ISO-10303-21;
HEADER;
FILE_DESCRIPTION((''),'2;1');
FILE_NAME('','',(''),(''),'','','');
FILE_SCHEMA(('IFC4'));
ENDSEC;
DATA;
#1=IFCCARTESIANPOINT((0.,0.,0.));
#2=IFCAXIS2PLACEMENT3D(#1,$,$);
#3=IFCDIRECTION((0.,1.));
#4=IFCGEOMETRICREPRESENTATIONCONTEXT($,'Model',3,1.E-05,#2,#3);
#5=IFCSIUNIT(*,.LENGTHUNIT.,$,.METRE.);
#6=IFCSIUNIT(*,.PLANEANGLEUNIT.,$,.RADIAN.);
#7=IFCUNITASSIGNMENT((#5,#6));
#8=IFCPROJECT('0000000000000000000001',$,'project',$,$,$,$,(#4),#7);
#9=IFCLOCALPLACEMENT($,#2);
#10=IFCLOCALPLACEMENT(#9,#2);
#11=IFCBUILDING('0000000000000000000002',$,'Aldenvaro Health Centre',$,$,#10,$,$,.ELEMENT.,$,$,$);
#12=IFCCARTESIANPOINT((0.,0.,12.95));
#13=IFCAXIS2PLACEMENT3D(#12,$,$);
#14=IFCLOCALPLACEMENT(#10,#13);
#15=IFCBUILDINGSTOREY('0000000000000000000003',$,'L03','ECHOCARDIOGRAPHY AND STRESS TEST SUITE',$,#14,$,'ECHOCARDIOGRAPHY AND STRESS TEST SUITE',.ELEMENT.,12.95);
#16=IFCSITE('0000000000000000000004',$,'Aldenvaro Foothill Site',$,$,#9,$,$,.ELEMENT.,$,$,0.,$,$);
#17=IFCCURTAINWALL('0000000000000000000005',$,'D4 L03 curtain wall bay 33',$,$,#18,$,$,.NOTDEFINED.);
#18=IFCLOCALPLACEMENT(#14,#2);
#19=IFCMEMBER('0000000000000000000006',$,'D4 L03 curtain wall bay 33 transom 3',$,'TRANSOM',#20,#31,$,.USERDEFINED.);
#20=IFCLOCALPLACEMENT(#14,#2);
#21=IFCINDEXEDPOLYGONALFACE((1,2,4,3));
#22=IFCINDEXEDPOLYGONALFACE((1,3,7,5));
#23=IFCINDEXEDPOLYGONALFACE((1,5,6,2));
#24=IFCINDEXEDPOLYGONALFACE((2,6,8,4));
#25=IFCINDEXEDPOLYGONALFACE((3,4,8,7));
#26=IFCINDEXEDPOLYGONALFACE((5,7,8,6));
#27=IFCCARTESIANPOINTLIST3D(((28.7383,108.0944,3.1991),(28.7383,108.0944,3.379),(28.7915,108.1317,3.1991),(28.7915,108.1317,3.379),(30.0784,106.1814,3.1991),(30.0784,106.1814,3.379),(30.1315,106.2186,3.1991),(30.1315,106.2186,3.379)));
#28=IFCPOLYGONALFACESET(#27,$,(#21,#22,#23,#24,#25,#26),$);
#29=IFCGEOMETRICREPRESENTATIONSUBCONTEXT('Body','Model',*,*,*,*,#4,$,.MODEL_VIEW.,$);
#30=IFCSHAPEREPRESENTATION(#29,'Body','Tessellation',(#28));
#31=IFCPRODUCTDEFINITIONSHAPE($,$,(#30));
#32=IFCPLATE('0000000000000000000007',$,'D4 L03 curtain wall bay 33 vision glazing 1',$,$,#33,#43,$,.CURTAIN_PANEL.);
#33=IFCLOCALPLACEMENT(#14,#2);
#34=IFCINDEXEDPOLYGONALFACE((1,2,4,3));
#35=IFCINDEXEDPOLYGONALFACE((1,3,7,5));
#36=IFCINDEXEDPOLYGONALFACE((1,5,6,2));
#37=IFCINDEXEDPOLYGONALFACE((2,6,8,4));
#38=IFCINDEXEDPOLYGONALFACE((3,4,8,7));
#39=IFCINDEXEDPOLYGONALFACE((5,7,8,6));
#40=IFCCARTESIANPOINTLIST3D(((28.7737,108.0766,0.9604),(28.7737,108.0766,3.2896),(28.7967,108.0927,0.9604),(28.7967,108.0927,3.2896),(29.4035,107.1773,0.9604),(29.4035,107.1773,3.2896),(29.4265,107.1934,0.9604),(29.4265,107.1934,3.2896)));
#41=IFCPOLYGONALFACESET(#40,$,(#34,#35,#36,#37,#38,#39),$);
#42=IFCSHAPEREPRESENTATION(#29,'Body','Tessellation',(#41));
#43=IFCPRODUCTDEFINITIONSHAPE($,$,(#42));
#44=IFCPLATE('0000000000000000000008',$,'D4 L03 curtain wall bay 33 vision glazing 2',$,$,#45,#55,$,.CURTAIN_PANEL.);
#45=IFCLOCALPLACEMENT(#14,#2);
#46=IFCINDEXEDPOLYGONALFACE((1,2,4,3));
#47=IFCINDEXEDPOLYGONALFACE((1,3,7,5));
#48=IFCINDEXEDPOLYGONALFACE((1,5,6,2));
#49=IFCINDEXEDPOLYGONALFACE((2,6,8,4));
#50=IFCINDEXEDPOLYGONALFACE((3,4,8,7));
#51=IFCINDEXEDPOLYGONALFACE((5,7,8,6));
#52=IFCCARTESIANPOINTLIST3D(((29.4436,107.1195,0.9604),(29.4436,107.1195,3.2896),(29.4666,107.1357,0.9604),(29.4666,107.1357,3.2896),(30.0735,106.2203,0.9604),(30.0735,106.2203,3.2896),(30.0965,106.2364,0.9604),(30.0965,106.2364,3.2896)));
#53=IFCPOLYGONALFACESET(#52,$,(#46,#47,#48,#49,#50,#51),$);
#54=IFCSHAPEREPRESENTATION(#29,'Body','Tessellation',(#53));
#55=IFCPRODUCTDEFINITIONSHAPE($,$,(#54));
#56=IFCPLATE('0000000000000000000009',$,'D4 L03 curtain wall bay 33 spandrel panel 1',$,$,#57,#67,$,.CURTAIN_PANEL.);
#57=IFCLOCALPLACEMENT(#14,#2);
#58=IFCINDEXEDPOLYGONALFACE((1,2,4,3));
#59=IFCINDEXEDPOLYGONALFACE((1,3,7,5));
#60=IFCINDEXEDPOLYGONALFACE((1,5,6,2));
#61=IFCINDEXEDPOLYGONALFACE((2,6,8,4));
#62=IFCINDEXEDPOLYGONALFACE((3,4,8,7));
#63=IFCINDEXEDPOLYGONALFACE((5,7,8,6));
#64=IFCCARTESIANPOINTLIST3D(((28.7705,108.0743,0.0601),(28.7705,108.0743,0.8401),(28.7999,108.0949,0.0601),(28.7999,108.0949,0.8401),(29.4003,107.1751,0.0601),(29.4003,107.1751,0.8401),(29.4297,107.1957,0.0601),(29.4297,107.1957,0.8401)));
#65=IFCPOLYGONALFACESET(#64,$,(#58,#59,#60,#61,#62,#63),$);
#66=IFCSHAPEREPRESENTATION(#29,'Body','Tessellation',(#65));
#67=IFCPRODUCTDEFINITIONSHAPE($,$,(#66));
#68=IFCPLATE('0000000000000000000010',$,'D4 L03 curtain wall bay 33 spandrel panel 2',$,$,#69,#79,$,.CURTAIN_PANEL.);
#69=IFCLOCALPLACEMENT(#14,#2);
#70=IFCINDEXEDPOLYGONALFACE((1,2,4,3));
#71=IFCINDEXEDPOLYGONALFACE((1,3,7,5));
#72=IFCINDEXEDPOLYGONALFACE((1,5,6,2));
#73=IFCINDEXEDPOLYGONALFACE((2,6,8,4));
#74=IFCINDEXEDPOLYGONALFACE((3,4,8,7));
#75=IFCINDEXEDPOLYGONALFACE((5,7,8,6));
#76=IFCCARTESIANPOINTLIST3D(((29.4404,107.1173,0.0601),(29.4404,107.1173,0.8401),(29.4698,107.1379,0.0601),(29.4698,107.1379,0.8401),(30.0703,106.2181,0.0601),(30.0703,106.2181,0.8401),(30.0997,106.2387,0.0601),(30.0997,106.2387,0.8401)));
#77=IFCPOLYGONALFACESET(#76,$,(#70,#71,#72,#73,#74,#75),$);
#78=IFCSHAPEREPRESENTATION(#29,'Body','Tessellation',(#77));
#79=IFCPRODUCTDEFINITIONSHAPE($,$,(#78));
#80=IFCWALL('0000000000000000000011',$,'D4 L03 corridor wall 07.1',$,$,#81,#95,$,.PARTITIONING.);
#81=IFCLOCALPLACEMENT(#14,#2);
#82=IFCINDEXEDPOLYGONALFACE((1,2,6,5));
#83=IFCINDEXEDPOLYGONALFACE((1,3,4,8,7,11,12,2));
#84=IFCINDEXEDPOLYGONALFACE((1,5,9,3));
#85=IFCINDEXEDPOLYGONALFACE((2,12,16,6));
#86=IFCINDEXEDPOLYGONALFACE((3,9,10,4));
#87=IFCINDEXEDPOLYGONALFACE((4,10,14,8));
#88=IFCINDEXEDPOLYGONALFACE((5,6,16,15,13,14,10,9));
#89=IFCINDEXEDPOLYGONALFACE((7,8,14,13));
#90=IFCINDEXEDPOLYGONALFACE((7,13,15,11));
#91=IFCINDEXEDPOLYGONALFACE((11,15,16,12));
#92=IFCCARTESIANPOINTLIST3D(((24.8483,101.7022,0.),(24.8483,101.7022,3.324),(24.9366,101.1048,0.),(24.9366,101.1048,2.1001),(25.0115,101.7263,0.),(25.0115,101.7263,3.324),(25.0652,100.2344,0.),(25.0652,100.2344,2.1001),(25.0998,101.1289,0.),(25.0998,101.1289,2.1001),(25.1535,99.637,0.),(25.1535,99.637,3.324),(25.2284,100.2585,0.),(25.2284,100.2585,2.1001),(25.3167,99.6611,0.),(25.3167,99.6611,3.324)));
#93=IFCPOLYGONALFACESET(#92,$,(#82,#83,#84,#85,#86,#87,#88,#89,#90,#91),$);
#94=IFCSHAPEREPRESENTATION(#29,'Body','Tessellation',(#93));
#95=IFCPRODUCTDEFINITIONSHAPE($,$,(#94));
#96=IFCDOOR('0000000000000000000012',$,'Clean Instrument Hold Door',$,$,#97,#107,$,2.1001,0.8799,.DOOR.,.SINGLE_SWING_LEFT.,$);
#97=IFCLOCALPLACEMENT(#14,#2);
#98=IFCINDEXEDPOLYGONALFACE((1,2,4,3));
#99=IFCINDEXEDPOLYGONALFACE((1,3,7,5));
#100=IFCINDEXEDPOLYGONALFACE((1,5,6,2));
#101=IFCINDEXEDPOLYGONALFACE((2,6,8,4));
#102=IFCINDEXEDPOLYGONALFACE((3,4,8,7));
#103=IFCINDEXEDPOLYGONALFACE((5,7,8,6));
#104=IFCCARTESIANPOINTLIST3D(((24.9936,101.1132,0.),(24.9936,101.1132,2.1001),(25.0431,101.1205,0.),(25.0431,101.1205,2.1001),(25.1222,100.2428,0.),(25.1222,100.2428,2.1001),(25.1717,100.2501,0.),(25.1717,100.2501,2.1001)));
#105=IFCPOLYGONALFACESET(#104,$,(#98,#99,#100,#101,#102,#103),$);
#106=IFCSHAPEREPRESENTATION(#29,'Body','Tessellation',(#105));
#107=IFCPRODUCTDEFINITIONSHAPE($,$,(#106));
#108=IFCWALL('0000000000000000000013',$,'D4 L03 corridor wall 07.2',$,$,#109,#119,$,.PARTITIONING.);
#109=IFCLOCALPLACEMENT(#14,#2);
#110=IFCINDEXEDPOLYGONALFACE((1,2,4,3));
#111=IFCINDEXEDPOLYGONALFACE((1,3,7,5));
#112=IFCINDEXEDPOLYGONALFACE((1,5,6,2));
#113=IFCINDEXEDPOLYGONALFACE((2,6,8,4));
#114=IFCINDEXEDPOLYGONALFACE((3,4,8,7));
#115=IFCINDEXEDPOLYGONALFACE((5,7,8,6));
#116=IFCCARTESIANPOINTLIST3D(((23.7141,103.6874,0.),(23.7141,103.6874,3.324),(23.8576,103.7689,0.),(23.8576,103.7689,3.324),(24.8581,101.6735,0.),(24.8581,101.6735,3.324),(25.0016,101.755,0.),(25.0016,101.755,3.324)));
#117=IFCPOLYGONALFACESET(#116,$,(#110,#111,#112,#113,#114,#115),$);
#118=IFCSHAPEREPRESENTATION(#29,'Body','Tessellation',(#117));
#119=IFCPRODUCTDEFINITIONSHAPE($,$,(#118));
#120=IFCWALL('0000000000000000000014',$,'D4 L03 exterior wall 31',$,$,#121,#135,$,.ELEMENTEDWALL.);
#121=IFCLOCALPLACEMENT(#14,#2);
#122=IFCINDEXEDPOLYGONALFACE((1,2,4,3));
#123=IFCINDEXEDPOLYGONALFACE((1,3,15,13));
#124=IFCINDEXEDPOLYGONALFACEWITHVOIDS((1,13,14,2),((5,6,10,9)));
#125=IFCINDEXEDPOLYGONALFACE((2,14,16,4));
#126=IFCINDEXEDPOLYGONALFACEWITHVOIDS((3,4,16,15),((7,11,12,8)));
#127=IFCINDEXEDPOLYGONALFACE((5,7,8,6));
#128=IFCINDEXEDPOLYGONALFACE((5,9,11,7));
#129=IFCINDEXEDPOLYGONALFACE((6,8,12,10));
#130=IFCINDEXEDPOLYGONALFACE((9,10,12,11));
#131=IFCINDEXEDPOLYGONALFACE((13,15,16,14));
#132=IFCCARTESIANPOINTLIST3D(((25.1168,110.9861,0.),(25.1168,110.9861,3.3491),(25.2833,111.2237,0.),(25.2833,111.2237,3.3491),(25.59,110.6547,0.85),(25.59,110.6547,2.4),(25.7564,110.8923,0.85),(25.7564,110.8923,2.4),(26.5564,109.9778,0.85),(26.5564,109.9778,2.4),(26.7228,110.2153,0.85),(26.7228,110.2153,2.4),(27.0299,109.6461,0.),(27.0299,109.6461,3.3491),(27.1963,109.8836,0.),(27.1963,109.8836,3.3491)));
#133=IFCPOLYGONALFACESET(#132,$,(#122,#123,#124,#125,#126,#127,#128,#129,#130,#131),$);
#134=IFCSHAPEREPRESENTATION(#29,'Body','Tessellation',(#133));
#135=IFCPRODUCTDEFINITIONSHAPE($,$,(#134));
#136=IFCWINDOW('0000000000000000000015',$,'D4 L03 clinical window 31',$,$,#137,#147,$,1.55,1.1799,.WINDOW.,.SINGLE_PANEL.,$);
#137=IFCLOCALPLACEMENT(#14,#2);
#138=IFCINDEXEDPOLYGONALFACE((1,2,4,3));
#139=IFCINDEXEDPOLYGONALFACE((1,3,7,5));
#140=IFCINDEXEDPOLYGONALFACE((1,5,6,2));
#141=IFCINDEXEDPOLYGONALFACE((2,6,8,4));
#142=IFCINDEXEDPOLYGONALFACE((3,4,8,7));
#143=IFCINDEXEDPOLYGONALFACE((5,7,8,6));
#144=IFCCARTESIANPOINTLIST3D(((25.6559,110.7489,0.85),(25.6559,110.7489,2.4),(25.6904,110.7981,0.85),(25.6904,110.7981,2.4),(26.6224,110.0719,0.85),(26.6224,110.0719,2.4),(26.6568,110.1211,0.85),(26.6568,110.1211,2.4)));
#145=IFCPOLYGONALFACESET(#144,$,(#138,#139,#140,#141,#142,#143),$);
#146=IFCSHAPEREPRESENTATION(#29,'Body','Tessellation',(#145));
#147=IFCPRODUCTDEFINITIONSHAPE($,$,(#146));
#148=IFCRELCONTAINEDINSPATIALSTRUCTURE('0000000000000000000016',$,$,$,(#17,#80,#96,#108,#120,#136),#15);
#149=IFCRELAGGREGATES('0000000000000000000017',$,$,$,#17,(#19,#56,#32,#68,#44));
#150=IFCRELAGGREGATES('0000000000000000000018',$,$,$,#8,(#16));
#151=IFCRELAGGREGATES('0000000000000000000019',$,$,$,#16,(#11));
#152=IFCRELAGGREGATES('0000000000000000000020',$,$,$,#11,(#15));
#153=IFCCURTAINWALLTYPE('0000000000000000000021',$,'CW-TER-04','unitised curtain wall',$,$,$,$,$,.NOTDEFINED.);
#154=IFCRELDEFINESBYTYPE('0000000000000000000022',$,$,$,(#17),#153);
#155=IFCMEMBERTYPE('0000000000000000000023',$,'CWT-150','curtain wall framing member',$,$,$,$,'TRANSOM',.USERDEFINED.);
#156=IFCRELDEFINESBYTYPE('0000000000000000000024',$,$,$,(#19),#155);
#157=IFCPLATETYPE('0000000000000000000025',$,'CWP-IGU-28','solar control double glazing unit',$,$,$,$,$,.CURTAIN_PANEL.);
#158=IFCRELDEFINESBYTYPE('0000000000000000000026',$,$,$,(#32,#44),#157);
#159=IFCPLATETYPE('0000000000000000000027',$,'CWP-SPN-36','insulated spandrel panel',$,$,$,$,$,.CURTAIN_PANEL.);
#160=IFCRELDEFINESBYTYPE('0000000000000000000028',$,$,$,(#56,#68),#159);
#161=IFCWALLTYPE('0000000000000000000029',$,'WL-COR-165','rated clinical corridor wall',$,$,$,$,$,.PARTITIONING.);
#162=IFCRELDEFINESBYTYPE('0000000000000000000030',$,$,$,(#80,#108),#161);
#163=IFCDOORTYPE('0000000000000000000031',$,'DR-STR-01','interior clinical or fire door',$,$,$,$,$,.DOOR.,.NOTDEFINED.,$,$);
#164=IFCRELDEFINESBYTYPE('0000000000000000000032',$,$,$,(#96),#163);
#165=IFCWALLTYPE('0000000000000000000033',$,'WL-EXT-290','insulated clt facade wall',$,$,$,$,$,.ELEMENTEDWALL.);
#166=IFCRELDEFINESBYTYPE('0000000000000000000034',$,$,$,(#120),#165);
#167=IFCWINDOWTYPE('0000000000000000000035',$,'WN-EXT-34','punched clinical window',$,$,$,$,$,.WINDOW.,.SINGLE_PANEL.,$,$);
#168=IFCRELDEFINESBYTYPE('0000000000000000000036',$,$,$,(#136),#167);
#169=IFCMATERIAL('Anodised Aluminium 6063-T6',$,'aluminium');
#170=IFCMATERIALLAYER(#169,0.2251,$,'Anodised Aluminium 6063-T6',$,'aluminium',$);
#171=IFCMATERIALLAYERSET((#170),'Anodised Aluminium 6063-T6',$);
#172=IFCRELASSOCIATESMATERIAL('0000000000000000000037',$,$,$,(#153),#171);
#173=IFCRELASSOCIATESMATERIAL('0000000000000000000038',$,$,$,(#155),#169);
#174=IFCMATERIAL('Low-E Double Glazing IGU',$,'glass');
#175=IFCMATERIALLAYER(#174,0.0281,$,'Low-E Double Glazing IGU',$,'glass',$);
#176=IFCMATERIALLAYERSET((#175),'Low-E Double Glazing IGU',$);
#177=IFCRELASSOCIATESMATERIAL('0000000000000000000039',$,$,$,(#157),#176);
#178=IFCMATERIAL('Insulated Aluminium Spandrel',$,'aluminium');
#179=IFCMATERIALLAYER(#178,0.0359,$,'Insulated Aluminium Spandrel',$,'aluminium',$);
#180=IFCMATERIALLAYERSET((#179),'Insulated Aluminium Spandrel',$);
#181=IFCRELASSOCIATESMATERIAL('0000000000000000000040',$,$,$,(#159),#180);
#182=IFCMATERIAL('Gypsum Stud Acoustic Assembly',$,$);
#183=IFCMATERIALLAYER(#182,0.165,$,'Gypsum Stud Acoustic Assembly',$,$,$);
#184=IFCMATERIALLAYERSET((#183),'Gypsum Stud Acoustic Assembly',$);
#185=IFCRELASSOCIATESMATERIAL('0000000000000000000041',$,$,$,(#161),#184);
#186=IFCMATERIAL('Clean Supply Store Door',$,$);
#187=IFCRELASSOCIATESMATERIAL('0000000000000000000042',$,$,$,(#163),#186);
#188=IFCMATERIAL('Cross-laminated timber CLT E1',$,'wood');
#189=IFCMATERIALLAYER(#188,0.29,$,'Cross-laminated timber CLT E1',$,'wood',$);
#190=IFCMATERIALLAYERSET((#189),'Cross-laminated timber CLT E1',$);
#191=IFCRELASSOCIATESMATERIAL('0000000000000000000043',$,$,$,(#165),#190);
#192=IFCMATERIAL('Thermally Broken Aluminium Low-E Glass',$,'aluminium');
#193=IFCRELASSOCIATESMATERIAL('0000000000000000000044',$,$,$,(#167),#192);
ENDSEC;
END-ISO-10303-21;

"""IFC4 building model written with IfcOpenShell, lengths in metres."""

from ifc_helpers import new_model, si_unit, direction, frame, frame_2d, origin, origin_2d, place, context, subcontext, project, spatial, rectangle, extrude, material, layer, layer_set, material_profile, profile_set, type_object, element, fill, aggregate, save


model = new_model("IFC4")

# Units and contexts
model_context = context("Model", 3, precision=1e-05, world=origin(), true_north=direction((0.0, 1.0)))
body_context = subcontext(model_context, "Body", "Model", "MODEL_VIEW")
ifc_project = project(units=[si_unit("LENGTHUNIT", "METRE"), si_unit("PLANEANGLEUNIT", "RADIAN")], contexts=[model_context])

# Site, building, storey
site_placement = place(None, origin())
site = spatial("IfcSite", under=ifc_project, at=site_placement, Name="Aldenvaro Foothill Site", CompositionType="ELEMENT", RefElevation=0.0)
building_placement = place(site_placement, origin())
building = spatial("IfcBuilding", under=site, at=building_placement, Name="Aldenvaro Health Centre", CompositionType="ELEMENT")
storey_placement = place(building_placement, frame((0.0, 0.0, 12.95)))
storey = spatial("IfcBuildingStorey", under=building, at=storey_placement, Name="L03", Description="ECHOCARDIOGRAPHY AND STRESS TEST SUITE", LongName="ECHOCARDIOGRAPHY AND STRESS TEST SUITE", CompositionType="ELEMENT", Elevation=12.95)

# Curtain wall, member, plates
ifc_material_1 = material(Name="Anodised Aluminium 6063-T6", Category="aluminium")
ifc_layer_1 = layer(ifc_material_1, 0.2251, Name="Anodised Aluminium 6063-T6", Category="aluminium")
ifc_layer_set_1 = layer_set([ifc_layer_1], Name="Anodised Aluminium 6063-T6")
curtain_wall_type = type_object("IfcCurtainWallType", Name="CW-TER-04", Description="unitised curtain wall", PredefinedType="NOTDEFINED", material=ifc_layer_set_1)
curtain_wall_placement = place(storey_placement, origin())
curtain_wall = element("IfcCurtainWall", 1, at=curtain_wall_placement, inside=storey, type_object=curtain_wall_type, Name="D4 L03 curtain wall bay 33", PredefinedType="NOTDEFINED")
ifc_material_profile_1 = material_profile(ifc_material_1, rectangle(XDim=0.0649, YDim=0.1799, at=origin_2d()), Name="ALU 65x180", Category="aluminium")
ifc_profile_set_1 = profile_set([ifc_material_profile_1], Name="Anodised Aluminium 6063-T6")
member_type_1 = type_object("IfcMemberType", Name="CWT-150", Description="curtain wall framing member", ElementType="TRANSOM", PredefinedType="USERDEFINED", material=ifc_profile_set_1)
member_1_placement = place(storey_placement, frame((28.7649, 108.113, 3.2891), z_axis=(0.573729, -0.819045, 0.0), x_axis=(0.819045, 0.573729, 0.0)))
member_1 = element("IfcMember", 2, at=member_1_placement, type_object=member_type_1, Name="D4 L03 curtain wall bay 33 transom 3", ObjectType="TRANSOM", PredefinedType="USERDEFINED", context=body_context, shape_type="SweptSolid", body=[
    extrude(rectangle(XDim=0.0649, YDim=0.1799, at=origin_2d()), origin(), (0.0, 0.0, 1.0), 2.3357),
])
ifc_material_2 = material(Name="Low-E Double Glazing IGU", Category="glass")
ifc_layer_2 = layer(ifc_material_2, 0.0281, Name="Low-E Double Glazing IGU", Category="glass")
ifc_layer_set_2 = layer_set([ifc_layer_2], Name="Low-E Double Glazing IGU")
plate_type_1 = type_object("IfcPlateType", Name="CWP-IGU-28", Description="solar control double glazing unit", PredefinedType="CURTAIN_PANEL", material=ifc_layer_set_2)
plate_1_placement = place(storey_placement, frame((29.1001, 107.635, 0.9604), z_axis=(0.0, 0.0, 1.0), x_axis=(0.573721, -0.819051, 0.0)))
plate_1 = element("IfcPlate", 3, at=plate_1_placement, type_object=plate_type_1, Name="D4 L03 curtain wall bay 33 vision glazing 1", PredefinedType="CURTAIN_PANEL", context=body_context, shape_type="SweptSolid", body=[
    extrude(rectangle(XDim=1.0979, YDim=0.0281, at=origin_2d()), origin(), (0.0, 0.0, 1.0), 2.3291),
])
plate_2_placement = place(storey_placement, frame((29.77, 106.678, 0.9604), z_axis=(0.0, 0.0, 1.0), x_axis=(0.573721, -0.819051, 0.0)))
plate_2 = element("IfcPlate", 4, at=plate_2_placement, type_object=plate_type_1, Name="D4 L03 curtain wall bay 33 vision glazing 2", PredefinedType="CURTAIN_PANEL", context=body_context, shape_type="SweptSolid", body=[
    extrude(rectangle(XDim=1.0979, YDim=0.0281, at=origin_2d()), origin(), (0.0, 0.0, 1.0), 2.3291),
])
ifc_material_3 = material(Name="Insulated Aluminium Spandrel", Category="aluminium")
ifc_layer_3 = layer(ifc_material_3, 0.0359, Name="Insulated Aluminium Spandrel", Category="aluminium")
ifc_layer_set_3 = layer_set([ifc_layer_3], Name="Insulated Aluminium Spandrel")
plate_type_2 = type_object("IfcPlateType", Name="CWP-SPN-36", Description="insulated spandrel panel", PredefinedType="CURTAIN_PANEL", material=ifc_layer_set_3)
plate_3_placement = place(storey_placement, frame((29.1001, 107.635, 0.0601), z_axis=(0.0, 0.0, 1.0), x_axis=(0.573721, -0.819051, 0.0)))
plate_3 = element("IfcPlate", 5, at=plate_3_placement, type_object=plate_type_2, Name="D4 L03 curtain wall bay 33 spandrel panel 1", PredefinedType="CURTAIN_PANEL", context=body_context, shape_type="SweptSolid", body=[
    extrude(rectangle(XDim=1.0979, YDim=0.0359, at=origin_2d()), origin(), (0.0, 0.0, 1.0), 0.78),
])
plate_4_placement = place(storey_placement, frame((29.77, 106.678, 0.0601), z_axis=(0.0, 0.0, 1.0), x_axis=(0.573721, -0.819051, 0.0)))
plate_4 = element("IfcPlate", 6, at=plate_4_placement, type_object=plate_type_2, Name="D4 L03 curtain wall bay 33 spandrel panel 2", PredefinedType="CURTAIN_PANEL", context=body_context, shape_type="SweptSolid", body=[
    extrude(rectangle(XDim=1.0979, YDim=0.0359, at=origin_2d()), origin(), (0.0, 0.0, 1.0), 0.78),
])
aggregate(curtain_wall, [member_1, plate_3, plate_1, plate_4, plate_2])

# Wall, opening, door
ifc_material_4 = material(Name="Gypsum Stud Acoustic Assembly")
ifc_layer_4 = layer(ifc_material_4, 0.165, Name="Gypsum Stud Acoustic Assembly")
ifc_layer_set_4 = layer_set([ifc_layer_4], Name="Gypsum Stud Acoustic Assembly")
wall_type_1 = type_object("IfcWallType", Name="WL-COR-165", Description="rated clinical corridor wall", PredefinedType="PARTITIONING", material=ifc_layer_set_4)
wall_1_placement = place(storey_placement, frame((25.2351, 99.6489, 0.0), z_axis=(0.0, 0.0, 1.0), x_axis=(-0.146184, 0.989257, 0.0)))
wall_1 = element("IfcWall", 7, at=wall_1_placement, inside=storey, type_object=wall_type_1, Name="D4 L03 corridor wall 07.1", PredefinedType="PARTITIONING", context=body_context, shape_type="SweptSolid", body=[
    extrude(rectangle(XDim=2.0876, YDim=0.165, at=frame_2d((1.0439, 0.0))), origin(), (0.0, 0.0, 1.0), 3.324),
])
opening_1_placement = place(wall_1_placement, frame((0.604, 0.0, 0.0)))
opening_1 = element("IfcOpeningElement", 8, at=opening_1_placement, cuts=wall_1, PredefinedType="OPENING", context=body_context, shape_type="SweptSolid", body=[
    extrude(rectangle(XDim=0.8799, YDim=2.1001, at=frame_2d((0.4399, 1.05))), frame((0.0, 0.0925, 0.0), z_axis=(0.0, -1.0, 0.0), x_axis=(1.0, 0.0, 0.0)), (0.0, 0.0, 1.0), 0.1851),
])
ifc_material_5 = material(Name="Clean Supply Store Door")
door_type = type_object("IfcDoorType", Name="DR-STR-01", Description="interior clinical or fire door", OperationType="NOTDEFINED", PredefinedType="DOOR", material=ifc_material_5)
door_placement = place(opening_1_placement, origin())
door = element("IfcDoor", 9, at=door_placement, inside=storey, type_object=door_type, Name="Clean Instrument Hold Door", OperationType="SINGLE_SWING_LEFT", OverallHeight=2.1001, OverallWidth=0.8799, PredefinedType="DOOR", context=body_context, shape_type="SweptSolid", body=[
    extrude(rectangle(XDim=0.8799, YDim=2.1001, at=frame_2d((0.4399, 1.05))), frame((0.0, 0.0249, 0.0), z_axis=(0.0, -1.0, 0.0), x_axis=(1.0, 0.0, 0.0)), (0.0, 0.0, 1.0), 0.05),
])
fill(opening_1, door)

# Wall
wall_2_placement = place(storey_placement, frame((24.9299, 101.7141, 0.0), z_axis=(0.0, 0.0, 1.0), x_axis=(-0.493935, 0.869499, 0.0)))
element("IfcWall", 10, at=wall_2_placement, inside=storey, type_object=wall_type_1, Name="D4 L03 corridor wall 07.2", PredefinedType="PARTITIONING", context=body_context, shape_type="SweptSolid", body=[
    extrude(rectangle(XDim=2.3162, YDim=0.165, at=frame_2d((1.1582, 0.0))), origin(), (0.0, 0.0, 1.0), 3.324),
])

# Wall, opening, window
ifc_material_6 = material(Name="Cross-laminated timber CLT E1", Category="wood")
ifc_layer_5 = layer(ifc_material_6, 0.29, Name="Cross-laminated timber CLT E1", Category="wood")
ifc_layer_set_5 = layer_set([ifc_layer_5], Name="Cross-laminated timber CLT E1")
wall_type_2 = type_object("IfcWallType", Name="WL-EXT-290", Description="insulated clt facade wall", PredefinedType="ELEMENTEDWALL", material=ifc_layer_set_5)
wall_3_placement = place(storey_placement, frame((25.2, 111.105, 0.0), z_axis=(0.0, 0.0, 1.0), x_axis=(0.819045, -0.573729, 0.0)))
wall_3 = element("IfcWall", 11, at=wall_3_placement, inside=storey, type_object=wall_type_2, Name="D4 L03 exterior wall 31", PredefinedType="ELEMENTEDWALL", context=body_context, shape_type="SweptSolid", body=[
    extrude(rectangle(XDim=2.3357, YDim=0.29, at=frame_2d((1.168, 0.0))), origin(), (0.0, 0.0, 1.0), 3.3491),
])
opening_2_placement = place(wall_3_placement, frame((0.5779, 0.0, 0.8501)))
opening_2 = element("IfcOpeningElement", 12, at=opening_2_placement, cuts=wall_3, PredefinedType="OPENING", context=body_context, shape_type="SweptSolid", body=[
    extrude(rectangle(XDim=1.1799, YDim=1.55, at=frame_2d((0.5898, 0.7749))), frame((0.0, 0.155, 0.0), z_axis=(0.0, -1.0, 0.0), x_axis=(1.0, 0.0, 0.0)), (0.0, 0.0, 1.0), 0.3101),
])
ifc_material_7 = material(Name="Thermally Broken Aluminium Low-E Glass", Category="aluminium")
window_type_1 = type_object("IfcWindowType", Name="WN-EXT-34", Description="punched clinical window", PartitioningType="SINGLE_PANEL", PredefinedType="WINDOW", material=ifc_material_7)
window_1_placement = place(opening_2_placement, origin())
window_1 = element("IfcWindow", 13, at=window_1_placement, inside=storey, type_object=window_type_1, Name="D4 L03 clinical window 31", OverallHeight=1.55, OverallWidth=1.1799, PartitioningType="SINGLE_PANEL", PredefinedType="WINDOW", context=body_context, shape_type="SweptSolid", body=[
    extrude(rectangle(XDim=1.1799, YDim=1.55, at=frame_2d((0.5898, 0.7749))), frame((0.0, 0.03, 0.0), z_axis=(0.0, -1.0, 0.0), x_axis=(1.0, 0.0, 0.0)), (0.0, 0.0, 1.0), 0.0601),
])
fill(opening_2, window_1)

save(model, "model.ifc")
